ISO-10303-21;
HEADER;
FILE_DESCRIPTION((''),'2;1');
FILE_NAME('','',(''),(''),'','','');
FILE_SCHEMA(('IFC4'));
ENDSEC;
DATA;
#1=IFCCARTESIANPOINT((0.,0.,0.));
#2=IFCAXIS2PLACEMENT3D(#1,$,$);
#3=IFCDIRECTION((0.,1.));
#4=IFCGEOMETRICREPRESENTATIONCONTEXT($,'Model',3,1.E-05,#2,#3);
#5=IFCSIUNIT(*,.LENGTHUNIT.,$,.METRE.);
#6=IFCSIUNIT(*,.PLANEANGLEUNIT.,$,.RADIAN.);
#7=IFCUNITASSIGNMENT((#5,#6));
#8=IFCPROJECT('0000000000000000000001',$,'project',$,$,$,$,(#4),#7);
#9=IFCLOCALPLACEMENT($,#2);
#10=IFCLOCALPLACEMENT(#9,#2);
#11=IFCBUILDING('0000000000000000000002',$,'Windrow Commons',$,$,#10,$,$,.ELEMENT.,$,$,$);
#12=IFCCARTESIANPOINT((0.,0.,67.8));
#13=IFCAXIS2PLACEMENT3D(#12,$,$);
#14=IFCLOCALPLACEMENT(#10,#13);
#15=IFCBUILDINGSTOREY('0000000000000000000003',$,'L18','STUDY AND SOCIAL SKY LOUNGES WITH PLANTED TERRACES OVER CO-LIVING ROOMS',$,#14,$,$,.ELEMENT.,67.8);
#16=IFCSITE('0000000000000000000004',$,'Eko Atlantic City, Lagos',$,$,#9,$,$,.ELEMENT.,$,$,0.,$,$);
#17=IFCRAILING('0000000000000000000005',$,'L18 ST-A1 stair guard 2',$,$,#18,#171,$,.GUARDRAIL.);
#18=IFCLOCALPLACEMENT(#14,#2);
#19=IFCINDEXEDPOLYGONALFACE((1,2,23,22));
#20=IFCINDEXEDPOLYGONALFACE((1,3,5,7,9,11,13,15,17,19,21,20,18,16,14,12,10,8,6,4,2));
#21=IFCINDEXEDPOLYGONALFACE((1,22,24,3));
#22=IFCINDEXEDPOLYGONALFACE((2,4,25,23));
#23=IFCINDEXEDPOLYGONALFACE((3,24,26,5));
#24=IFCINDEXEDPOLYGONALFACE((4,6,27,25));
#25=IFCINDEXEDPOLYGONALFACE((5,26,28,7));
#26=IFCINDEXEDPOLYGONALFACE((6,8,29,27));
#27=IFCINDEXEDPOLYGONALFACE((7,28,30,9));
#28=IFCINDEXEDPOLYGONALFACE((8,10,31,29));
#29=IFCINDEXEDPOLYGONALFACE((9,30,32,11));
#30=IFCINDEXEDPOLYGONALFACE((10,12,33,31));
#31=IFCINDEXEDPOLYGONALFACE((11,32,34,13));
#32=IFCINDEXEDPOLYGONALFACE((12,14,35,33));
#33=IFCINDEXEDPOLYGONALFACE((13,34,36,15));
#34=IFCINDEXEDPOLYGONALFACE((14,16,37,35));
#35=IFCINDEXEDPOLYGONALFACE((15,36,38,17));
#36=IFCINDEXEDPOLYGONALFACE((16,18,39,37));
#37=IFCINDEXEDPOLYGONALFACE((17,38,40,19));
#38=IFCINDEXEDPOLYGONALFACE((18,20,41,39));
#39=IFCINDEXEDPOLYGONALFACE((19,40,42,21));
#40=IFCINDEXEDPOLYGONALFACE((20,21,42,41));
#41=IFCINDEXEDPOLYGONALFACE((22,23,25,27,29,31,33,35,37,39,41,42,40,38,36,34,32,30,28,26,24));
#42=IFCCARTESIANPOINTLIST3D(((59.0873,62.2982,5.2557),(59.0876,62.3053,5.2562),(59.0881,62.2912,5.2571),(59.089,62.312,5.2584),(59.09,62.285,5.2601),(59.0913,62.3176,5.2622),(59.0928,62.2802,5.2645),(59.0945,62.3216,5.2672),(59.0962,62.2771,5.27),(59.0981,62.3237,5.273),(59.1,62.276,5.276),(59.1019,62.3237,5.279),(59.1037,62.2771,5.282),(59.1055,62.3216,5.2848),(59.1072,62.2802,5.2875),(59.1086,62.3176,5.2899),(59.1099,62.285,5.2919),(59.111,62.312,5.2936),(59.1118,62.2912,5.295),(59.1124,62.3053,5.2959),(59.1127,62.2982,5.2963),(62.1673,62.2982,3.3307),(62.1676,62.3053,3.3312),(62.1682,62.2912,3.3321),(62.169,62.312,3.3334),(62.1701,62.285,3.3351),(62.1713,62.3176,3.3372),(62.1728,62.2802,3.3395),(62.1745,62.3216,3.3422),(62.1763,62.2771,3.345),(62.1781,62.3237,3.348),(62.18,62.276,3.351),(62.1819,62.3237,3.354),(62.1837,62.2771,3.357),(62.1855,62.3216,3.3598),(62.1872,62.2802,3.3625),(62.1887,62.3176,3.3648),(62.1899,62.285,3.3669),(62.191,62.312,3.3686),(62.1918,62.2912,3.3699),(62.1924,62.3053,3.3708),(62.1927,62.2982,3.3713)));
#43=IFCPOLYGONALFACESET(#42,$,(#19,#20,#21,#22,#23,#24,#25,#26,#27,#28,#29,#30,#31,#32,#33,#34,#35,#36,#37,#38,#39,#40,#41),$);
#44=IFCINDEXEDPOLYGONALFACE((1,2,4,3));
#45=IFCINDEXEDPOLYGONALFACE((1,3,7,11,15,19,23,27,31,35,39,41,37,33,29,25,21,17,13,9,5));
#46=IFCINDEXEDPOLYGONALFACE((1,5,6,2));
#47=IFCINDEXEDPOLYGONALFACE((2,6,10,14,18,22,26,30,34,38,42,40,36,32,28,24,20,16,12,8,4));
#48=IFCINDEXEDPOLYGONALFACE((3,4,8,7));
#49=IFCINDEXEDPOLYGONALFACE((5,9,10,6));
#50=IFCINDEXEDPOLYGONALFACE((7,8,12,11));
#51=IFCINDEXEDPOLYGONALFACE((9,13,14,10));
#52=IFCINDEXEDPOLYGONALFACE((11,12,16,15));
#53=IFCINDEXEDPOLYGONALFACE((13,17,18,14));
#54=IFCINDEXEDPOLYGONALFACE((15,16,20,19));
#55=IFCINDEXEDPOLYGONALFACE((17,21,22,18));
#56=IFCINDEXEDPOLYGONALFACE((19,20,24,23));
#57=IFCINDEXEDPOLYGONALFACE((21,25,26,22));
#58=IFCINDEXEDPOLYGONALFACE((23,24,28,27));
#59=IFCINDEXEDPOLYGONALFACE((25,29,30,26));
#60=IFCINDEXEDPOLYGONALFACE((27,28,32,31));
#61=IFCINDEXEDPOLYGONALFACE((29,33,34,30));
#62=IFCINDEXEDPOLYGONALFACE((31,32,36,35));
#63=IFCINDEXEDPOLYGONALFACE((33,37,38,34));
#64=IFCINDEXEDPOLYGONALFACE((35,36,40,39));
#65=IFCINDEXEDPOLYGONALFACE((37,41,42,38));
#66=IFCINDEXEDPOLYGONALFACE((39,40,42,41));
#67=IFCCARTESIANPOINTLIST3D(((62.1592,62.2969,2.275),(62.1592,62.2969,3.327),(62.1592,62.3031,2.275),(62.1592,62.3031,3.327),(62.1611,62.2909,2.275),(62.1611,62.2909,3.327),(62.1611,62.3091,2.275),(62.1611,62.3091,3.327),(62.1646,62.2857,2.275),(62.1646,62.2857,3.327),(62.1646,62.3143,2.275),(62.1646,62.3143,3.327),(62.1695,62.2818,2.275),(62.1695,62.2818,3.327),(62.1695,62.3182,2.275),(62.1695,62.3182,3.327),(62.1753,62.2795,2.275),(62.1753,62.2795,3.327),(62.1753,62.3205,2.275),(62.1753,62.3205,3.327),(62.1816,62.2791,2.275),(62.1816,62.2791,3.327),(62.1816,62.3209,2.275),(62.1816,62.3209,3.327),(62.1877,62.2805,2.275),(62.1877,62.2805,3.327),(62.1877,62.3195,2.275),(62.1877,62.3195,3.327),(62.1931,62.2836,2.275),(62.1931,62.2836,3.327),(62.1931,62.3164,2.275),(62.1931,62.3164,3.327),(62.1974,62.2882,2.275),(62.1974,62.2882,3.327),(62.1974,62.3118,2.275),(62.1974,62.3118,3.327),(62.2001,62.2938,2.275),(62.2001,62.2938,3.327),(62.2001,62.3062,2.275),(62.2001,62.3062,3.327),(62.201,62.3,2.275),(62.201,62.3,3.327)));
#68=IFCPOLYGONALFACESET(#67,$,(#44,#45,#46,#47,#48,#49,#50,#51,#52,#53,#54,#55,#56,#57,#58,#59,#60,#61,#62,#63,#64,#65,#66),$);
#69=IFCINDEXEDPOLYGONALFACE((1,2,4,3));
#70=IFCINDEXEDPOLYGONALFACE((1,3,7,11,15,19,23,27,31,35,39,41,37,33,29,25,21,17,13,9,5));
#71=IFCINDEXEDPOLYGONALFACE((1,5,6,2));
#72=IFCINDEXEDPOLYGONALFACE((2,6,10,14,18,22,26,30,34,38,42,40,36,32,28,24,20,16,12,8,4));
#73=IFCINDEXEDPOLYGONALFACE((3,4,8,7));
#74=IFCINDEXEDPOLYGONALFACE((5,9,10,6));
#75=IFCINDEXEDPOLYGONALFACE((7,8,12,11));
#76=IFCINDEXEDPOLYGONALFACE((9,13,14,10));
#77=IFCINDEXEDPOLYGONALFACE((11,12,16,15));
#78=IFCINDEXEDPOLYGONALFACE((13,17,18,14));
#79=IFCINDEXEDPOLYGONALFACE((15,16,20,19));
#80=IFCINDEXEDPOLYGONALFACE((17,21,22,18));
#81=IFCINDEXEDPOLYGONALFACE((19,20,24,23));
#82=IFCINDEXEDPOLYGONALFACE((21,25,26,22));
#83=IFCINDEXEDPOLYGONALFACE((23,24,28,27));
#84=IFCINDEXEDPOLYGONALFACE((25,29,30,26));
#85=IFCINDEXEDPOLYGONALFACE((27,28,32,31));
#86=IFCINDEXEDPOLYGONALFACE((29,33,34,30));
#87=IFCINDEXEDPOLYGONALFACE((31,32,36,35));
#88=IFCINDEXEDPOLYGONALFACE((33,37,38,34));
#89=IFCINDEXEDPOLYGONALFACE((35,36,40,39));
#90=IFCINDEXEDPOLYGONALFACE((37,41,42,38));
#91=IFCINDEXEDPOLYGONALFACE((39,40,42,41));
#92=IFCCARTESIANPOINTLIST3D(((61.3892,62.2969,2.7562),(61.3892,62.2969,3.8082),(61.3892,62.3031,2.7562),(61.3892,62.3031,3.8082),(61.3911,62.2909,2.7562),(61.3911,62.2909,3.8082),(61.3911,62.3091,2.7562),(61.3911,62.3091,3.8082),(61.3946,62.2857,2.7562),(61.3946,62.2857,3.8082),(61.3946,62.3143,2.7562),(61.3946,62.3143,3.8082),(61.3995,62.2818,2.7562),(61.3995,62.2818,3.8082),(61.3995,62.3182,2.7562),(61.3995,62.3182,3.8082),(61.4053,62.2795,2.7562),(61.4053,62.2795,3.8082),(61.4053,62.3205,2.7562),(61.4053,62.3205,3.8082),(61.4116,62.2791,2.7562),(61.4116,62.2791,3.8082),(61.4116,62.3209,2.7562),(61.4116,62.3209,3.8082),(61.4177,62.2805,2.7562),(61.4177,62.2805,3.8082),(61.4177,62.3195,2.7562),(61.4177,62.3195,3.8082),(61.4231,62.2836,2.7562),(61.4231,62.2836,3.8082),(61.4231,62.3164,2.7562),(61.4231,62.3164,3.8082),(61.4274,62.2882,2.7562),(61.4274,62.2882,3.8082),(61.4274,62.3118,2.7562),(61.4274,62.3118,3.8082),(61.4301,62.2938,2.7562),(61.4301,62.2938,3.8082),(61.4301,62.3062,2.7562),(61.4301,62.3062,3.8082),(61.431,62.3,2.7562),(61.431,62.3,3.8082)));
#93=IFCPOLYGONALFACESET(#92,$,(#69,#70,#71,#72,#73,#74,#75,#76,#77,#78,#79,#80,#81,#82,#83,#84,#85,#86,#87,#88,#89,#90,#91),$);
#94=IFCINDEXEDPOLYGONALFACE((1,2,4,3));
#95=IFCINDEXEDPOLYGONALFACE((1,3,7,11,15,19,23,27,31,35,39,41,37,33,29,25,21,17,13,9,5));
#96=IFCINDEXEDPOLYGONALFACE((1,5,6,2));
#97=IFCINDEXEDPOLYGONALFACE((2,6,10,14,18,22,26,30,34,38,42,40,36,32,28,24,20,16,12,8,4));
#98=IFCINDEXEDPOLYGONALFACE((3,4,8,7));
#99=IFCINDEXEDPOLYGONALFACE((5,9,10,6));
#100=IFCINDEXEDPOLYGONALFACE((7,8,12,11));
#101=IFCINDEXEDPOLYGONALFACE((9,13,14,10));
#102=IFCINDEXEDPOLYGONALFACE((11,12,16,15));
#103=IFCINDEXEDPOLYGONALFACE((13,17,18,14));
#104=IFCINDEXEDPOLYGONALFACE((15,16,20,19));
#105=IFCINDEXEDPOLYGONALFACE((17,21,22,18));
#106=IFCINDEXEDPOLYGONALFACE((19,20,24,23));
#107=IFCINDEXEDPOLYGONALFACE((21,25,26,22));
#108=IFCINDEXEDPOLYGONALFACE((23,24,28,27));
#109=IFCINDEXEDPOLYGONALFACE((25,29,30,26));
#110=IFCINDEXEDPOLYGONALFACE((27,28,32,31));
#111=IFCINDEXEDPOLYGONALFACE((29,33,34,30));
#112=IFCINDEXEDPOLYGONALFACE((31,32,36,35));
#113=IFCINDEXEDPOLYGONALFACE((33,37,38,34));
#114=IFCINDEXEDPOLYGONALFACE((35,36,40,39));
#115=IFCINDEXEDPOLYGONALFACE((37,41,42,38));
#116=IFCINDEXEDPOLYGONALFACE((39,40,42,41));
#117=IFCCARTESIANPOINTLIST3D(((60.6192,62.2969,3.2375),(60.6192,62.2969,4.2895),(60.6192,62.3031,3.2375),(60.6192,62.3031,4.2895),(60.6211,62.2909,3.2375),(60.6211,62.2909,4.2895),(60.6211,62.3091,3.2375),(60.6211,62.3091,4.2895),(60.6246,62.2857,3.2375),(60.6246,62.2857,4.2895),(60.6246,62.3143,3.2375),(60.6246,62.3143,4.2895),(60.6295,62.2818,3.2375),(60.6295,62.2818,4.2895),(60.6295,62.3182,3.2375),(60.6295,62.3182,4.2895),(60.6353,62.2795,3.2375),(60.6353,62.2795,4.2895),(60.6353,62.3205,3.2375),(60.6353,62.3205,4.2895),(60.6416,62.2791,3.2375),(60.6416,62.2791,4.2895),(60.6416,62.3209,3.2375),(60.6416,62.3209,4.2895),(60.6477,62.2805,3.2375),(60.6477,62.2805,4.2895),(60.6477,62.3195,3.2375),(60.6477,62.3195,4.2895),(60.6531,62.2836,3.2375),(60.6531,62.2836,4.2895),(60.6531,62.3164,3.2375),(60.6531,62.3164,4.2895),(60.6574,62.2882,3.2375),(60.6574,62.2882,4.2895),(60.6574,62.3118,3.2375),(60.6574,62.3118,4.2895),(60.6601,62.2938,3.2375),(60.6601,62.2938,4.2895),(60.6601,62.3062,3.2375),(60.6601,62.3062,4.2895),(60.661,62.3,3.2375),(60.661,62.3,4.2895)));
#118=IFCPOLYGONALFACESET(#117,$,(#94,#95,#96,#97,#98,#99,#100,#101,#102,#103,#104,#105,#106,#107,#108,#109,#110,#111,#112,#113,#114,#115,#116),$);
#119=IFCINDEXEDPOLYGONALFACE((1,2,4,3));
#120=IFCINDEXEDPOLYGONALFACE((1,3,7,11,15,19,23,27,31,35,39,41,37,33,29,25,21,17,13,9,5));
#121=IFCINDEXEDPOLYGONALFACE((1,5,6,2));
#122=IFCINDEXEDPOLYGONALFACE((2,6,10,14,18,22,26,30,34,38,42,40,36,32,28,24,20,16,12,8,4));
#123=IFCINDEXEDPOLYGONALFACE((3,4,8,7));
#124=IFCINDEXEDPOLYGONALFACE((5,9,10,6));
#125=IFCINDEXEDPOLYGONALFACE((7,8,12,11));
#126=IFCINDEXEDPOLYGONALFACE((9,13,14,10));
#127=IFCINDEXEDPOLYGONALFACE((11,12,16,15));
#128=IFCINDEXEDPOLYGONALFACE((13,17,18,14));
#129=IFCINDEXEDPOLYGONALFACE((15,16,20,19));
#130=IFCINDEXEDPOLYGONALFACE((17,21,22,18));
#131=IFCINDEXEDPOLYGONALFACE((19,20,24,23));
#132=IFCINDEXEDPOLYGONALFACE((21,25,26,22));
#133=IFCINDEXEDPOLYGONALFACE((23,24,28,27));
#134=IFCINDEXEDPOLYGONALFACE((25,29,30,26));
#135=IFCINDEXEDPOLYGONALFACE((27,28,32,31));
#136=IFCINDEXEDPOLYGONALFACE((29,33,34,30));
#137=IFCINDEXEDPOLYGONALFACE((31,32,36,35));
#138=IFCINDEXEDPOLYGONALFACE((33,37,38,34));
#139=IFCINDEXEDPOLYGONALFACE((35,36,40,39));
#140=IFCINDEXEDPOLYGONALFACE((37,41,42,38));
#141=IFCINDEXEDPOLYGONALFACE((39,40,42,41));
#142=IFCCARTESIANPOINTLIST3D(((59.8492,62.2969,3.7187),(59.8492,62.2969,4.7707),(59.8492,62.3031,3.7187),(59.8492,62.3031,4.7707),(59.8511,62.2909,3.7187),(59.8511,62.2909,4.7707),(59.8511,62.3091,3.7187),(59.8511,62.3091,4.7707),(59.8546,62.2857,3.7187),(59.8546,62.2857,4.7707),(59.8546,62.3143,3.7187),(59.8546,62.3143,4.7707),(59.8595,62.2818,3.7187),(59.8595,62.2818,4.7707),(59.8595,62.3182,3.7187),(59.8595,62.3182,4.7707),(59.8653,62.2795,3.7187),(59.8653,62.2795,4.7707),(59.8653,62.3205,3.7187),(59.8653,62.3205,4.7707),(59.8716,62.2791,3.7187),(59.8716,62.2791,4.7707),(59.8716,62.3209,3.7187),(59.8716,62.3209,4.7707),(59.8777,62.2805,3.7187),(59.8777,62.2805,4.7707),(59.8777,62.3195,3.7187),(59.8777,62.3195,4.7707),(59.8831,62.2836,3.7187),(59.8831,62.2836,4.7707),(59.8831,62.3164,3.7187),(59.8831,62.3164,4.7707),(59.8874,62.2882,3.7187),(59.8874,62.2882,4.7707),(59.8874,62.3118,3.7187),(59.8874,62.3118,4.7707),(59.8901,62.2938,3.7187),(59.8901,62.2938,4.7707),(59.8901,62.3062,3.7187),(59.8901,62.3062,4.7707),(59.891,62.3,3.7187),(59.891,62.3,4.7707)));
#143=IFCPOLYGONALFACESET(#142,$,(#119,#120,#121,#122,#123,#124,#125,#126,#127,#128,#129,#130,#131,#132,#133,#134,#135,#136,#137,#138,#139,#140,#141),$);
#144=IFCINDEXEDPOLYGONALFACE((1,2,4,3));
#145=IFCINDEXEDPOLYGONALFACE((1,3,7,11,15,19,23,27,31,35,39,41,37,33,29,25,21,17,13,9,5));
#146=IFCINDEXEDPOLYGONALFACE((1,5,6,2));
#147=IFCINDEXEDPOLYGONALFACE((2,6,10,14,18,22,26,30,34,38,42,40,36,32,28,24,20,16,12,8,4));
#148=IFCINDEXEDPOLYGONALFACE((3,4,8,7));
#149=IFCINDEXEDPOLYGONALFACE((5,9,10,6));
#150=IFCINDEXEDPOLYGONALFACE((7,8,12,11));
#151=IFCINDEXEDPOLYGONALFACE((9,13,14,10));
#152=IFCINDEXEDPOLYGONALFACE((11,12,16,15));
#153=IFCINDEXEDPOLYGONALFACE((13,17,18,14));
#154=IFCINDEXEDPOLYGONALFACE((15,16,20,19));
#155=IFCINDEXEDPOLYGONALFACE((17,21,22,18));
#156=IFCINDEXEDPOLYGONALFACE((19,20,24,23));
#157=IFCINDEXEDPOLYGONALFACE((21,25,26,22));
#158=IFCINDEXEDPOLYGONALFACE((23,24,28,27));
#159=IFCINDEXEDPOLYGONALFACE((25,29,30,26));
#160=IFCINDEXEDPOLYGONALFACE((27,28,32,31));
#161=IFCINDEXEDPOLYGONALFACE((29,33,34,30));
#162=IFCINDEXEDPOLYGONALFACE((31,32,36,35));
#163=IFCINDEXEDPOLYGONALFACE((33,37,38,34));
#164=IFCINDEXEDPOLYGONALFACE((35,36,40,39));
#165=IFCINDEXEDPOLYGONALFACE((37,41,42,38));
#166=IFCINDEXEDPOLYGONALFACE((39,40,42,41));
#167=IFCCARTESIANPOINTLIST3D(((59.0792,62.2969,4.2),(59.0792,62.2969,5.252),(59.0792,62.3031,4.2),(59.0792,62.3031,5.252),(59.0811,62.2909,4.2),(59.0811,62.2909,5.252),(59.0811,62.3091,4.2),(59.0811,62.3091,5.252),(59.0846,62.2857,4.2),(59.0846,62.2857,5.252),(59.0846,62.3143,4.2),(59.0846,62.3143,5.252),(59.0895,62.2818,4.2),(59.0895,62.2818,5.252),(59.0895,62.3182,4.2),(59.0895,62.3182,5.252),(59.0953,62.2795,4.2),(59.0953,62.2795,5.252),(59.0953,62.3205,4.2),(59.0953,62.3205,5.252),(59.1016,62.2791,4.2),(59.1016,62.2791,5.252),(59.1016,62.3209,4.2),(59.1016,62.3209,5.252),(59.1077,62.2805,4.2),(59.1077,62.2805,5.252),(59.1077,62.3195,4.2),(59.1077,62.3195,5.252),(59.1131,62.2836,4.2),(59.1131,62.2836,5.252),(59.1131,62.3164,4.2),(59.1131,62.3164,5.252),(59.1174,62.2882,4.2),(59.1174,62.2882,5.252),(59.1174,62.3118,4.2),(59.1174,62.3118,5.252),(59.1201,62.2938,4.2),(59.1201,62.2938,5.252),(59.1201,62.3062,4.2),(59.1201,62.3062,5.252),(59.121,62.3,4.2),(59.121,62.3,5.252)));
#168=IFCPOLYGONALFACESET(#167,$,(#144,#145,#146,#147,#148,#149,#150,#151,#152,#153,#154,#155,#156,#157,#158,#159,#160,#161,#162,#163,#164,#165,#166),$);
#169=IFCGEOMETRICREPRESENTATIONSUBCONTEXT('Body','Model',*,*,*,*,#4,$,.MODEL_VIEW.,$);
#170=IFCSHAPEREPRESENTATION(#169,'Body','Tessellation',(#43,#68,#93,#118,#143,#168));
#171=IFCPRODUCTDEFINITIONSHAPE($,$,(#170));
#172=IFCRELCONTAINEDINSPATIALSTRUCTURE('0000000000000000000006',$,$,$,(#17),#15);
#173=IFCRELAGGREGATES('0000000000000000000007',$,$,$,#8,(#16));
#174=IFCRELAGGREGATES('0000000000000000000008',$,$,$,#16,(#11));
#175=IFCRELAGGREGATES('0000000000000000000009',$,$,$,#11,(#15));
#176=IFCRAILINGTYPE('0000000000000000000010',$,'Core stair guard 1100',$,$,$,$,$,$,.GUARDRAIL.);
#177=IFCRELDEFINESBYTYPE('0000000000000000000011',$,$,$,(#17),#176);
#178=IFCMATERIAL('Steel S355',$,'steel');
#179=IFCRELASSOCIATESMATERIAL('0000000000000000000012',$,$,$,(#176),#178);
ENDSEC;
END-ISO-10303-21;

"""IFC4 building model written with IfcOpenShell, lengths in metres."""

from ifc_helpers import new_model, si_unit, direction, frame, origin, origin_2d, place, context, subcontext, project, spatial, circle, extrude, material, type_object, element, save


model = new_model("IFC4")

# Units and contexts
model_context = context("Model", 3, precision=1e-05, world=origin(), true_north=direction((0.0, 1.0)))
body_context = subcontext(model_context, "Body", "Model", "MODEL_VIEW")
ifc_project = project(units=[si_unit("LENGTHUNIT", "METRE"), si_unit("PLANEANGLEUNIT", "RADIAN")], contexts=[model_context])

# Site, building, storey
site_placement = place(None, origin())
site = spatial("IfcSite", under=ifc_project, at=site_placement, Name="Eko Atlantic City, Lagos", CompositionType="ELEMENT", RefElevation=0.0)
building_placement = place(site_placement, origin())
building = spatial("IfcBuilding", under=site, at=building_placement, Name="Windrow Commons", CompositionType="ELEMENT")
storey_placement = place(building_placement, frame((0.0, 0.0, 67.8)))
storey = spatial("IfcBuildingStorey", under=building, at=storey_placement, Name="L18", Description="STUDY AND SOCIAL SKY LOUNGES WITH PLANTED TERRACES OVER CO-LIVING ROOMS", CompositionType="ELEMENT", Elevation=67.8)

# Railing
ifc_material_1 = material(Name="Steel S355", Category="steel")
railing_type_1 = type_object("IfcRailingType", Name="Core stair guard 1100", PredefinedType="GUARDRAIL", material=ifc_material_1)
railing_1_placement = place(storey_placement, frame((62.18, 62.3, 2.275)))
element("IfcRailing", 1, at=railing_1_placement, inside=storey, type_object=railing_type_1, Name="L18 ST-A1 stair guard 2", PredefinedType="GUARDRAIL", context=body_context, shape_type="SweptSolid", body=[
    extrude(circle(Radius=0.024, at=origin_2d()), frame((0.0, 0.0, 1.076), z_axis=(-0.847998, 0.0, 0.529999), x_axis=(0.0, -1.0, 0.0)), (0.0, 0.0, 1.0), 3.6321),
    extrude(circle(Radius=0.021, at=origin_2d()), origin(), (0.0, 0.0, 1.0), 1.052),
    extrude(circle(Radius=0.021, at=origin_2d()), frame((-0.77, 0.0, 0.4812)), (0.0, 0.0, 1.0), 1.052),
    extrude(circle(Radius=0.021, at=origin_2d()), frame((-1.54, 0.0, 0.9625)), (0.0, 0.0, 1.0), 1.052),
    extrude(circle(Radius=0.021, at=origin_2d()), frame((-2.31, 0.0, 1.4437)), (0.0, 0.0, 1.0), 1.052),
    extrude(circle(Radius=0.021, at=origin_2d()), frame((-3.08, 0.0, 1.925)), (0.0, 0.0, 1.0), 1.052),
])

save(model, "model.ifc")
